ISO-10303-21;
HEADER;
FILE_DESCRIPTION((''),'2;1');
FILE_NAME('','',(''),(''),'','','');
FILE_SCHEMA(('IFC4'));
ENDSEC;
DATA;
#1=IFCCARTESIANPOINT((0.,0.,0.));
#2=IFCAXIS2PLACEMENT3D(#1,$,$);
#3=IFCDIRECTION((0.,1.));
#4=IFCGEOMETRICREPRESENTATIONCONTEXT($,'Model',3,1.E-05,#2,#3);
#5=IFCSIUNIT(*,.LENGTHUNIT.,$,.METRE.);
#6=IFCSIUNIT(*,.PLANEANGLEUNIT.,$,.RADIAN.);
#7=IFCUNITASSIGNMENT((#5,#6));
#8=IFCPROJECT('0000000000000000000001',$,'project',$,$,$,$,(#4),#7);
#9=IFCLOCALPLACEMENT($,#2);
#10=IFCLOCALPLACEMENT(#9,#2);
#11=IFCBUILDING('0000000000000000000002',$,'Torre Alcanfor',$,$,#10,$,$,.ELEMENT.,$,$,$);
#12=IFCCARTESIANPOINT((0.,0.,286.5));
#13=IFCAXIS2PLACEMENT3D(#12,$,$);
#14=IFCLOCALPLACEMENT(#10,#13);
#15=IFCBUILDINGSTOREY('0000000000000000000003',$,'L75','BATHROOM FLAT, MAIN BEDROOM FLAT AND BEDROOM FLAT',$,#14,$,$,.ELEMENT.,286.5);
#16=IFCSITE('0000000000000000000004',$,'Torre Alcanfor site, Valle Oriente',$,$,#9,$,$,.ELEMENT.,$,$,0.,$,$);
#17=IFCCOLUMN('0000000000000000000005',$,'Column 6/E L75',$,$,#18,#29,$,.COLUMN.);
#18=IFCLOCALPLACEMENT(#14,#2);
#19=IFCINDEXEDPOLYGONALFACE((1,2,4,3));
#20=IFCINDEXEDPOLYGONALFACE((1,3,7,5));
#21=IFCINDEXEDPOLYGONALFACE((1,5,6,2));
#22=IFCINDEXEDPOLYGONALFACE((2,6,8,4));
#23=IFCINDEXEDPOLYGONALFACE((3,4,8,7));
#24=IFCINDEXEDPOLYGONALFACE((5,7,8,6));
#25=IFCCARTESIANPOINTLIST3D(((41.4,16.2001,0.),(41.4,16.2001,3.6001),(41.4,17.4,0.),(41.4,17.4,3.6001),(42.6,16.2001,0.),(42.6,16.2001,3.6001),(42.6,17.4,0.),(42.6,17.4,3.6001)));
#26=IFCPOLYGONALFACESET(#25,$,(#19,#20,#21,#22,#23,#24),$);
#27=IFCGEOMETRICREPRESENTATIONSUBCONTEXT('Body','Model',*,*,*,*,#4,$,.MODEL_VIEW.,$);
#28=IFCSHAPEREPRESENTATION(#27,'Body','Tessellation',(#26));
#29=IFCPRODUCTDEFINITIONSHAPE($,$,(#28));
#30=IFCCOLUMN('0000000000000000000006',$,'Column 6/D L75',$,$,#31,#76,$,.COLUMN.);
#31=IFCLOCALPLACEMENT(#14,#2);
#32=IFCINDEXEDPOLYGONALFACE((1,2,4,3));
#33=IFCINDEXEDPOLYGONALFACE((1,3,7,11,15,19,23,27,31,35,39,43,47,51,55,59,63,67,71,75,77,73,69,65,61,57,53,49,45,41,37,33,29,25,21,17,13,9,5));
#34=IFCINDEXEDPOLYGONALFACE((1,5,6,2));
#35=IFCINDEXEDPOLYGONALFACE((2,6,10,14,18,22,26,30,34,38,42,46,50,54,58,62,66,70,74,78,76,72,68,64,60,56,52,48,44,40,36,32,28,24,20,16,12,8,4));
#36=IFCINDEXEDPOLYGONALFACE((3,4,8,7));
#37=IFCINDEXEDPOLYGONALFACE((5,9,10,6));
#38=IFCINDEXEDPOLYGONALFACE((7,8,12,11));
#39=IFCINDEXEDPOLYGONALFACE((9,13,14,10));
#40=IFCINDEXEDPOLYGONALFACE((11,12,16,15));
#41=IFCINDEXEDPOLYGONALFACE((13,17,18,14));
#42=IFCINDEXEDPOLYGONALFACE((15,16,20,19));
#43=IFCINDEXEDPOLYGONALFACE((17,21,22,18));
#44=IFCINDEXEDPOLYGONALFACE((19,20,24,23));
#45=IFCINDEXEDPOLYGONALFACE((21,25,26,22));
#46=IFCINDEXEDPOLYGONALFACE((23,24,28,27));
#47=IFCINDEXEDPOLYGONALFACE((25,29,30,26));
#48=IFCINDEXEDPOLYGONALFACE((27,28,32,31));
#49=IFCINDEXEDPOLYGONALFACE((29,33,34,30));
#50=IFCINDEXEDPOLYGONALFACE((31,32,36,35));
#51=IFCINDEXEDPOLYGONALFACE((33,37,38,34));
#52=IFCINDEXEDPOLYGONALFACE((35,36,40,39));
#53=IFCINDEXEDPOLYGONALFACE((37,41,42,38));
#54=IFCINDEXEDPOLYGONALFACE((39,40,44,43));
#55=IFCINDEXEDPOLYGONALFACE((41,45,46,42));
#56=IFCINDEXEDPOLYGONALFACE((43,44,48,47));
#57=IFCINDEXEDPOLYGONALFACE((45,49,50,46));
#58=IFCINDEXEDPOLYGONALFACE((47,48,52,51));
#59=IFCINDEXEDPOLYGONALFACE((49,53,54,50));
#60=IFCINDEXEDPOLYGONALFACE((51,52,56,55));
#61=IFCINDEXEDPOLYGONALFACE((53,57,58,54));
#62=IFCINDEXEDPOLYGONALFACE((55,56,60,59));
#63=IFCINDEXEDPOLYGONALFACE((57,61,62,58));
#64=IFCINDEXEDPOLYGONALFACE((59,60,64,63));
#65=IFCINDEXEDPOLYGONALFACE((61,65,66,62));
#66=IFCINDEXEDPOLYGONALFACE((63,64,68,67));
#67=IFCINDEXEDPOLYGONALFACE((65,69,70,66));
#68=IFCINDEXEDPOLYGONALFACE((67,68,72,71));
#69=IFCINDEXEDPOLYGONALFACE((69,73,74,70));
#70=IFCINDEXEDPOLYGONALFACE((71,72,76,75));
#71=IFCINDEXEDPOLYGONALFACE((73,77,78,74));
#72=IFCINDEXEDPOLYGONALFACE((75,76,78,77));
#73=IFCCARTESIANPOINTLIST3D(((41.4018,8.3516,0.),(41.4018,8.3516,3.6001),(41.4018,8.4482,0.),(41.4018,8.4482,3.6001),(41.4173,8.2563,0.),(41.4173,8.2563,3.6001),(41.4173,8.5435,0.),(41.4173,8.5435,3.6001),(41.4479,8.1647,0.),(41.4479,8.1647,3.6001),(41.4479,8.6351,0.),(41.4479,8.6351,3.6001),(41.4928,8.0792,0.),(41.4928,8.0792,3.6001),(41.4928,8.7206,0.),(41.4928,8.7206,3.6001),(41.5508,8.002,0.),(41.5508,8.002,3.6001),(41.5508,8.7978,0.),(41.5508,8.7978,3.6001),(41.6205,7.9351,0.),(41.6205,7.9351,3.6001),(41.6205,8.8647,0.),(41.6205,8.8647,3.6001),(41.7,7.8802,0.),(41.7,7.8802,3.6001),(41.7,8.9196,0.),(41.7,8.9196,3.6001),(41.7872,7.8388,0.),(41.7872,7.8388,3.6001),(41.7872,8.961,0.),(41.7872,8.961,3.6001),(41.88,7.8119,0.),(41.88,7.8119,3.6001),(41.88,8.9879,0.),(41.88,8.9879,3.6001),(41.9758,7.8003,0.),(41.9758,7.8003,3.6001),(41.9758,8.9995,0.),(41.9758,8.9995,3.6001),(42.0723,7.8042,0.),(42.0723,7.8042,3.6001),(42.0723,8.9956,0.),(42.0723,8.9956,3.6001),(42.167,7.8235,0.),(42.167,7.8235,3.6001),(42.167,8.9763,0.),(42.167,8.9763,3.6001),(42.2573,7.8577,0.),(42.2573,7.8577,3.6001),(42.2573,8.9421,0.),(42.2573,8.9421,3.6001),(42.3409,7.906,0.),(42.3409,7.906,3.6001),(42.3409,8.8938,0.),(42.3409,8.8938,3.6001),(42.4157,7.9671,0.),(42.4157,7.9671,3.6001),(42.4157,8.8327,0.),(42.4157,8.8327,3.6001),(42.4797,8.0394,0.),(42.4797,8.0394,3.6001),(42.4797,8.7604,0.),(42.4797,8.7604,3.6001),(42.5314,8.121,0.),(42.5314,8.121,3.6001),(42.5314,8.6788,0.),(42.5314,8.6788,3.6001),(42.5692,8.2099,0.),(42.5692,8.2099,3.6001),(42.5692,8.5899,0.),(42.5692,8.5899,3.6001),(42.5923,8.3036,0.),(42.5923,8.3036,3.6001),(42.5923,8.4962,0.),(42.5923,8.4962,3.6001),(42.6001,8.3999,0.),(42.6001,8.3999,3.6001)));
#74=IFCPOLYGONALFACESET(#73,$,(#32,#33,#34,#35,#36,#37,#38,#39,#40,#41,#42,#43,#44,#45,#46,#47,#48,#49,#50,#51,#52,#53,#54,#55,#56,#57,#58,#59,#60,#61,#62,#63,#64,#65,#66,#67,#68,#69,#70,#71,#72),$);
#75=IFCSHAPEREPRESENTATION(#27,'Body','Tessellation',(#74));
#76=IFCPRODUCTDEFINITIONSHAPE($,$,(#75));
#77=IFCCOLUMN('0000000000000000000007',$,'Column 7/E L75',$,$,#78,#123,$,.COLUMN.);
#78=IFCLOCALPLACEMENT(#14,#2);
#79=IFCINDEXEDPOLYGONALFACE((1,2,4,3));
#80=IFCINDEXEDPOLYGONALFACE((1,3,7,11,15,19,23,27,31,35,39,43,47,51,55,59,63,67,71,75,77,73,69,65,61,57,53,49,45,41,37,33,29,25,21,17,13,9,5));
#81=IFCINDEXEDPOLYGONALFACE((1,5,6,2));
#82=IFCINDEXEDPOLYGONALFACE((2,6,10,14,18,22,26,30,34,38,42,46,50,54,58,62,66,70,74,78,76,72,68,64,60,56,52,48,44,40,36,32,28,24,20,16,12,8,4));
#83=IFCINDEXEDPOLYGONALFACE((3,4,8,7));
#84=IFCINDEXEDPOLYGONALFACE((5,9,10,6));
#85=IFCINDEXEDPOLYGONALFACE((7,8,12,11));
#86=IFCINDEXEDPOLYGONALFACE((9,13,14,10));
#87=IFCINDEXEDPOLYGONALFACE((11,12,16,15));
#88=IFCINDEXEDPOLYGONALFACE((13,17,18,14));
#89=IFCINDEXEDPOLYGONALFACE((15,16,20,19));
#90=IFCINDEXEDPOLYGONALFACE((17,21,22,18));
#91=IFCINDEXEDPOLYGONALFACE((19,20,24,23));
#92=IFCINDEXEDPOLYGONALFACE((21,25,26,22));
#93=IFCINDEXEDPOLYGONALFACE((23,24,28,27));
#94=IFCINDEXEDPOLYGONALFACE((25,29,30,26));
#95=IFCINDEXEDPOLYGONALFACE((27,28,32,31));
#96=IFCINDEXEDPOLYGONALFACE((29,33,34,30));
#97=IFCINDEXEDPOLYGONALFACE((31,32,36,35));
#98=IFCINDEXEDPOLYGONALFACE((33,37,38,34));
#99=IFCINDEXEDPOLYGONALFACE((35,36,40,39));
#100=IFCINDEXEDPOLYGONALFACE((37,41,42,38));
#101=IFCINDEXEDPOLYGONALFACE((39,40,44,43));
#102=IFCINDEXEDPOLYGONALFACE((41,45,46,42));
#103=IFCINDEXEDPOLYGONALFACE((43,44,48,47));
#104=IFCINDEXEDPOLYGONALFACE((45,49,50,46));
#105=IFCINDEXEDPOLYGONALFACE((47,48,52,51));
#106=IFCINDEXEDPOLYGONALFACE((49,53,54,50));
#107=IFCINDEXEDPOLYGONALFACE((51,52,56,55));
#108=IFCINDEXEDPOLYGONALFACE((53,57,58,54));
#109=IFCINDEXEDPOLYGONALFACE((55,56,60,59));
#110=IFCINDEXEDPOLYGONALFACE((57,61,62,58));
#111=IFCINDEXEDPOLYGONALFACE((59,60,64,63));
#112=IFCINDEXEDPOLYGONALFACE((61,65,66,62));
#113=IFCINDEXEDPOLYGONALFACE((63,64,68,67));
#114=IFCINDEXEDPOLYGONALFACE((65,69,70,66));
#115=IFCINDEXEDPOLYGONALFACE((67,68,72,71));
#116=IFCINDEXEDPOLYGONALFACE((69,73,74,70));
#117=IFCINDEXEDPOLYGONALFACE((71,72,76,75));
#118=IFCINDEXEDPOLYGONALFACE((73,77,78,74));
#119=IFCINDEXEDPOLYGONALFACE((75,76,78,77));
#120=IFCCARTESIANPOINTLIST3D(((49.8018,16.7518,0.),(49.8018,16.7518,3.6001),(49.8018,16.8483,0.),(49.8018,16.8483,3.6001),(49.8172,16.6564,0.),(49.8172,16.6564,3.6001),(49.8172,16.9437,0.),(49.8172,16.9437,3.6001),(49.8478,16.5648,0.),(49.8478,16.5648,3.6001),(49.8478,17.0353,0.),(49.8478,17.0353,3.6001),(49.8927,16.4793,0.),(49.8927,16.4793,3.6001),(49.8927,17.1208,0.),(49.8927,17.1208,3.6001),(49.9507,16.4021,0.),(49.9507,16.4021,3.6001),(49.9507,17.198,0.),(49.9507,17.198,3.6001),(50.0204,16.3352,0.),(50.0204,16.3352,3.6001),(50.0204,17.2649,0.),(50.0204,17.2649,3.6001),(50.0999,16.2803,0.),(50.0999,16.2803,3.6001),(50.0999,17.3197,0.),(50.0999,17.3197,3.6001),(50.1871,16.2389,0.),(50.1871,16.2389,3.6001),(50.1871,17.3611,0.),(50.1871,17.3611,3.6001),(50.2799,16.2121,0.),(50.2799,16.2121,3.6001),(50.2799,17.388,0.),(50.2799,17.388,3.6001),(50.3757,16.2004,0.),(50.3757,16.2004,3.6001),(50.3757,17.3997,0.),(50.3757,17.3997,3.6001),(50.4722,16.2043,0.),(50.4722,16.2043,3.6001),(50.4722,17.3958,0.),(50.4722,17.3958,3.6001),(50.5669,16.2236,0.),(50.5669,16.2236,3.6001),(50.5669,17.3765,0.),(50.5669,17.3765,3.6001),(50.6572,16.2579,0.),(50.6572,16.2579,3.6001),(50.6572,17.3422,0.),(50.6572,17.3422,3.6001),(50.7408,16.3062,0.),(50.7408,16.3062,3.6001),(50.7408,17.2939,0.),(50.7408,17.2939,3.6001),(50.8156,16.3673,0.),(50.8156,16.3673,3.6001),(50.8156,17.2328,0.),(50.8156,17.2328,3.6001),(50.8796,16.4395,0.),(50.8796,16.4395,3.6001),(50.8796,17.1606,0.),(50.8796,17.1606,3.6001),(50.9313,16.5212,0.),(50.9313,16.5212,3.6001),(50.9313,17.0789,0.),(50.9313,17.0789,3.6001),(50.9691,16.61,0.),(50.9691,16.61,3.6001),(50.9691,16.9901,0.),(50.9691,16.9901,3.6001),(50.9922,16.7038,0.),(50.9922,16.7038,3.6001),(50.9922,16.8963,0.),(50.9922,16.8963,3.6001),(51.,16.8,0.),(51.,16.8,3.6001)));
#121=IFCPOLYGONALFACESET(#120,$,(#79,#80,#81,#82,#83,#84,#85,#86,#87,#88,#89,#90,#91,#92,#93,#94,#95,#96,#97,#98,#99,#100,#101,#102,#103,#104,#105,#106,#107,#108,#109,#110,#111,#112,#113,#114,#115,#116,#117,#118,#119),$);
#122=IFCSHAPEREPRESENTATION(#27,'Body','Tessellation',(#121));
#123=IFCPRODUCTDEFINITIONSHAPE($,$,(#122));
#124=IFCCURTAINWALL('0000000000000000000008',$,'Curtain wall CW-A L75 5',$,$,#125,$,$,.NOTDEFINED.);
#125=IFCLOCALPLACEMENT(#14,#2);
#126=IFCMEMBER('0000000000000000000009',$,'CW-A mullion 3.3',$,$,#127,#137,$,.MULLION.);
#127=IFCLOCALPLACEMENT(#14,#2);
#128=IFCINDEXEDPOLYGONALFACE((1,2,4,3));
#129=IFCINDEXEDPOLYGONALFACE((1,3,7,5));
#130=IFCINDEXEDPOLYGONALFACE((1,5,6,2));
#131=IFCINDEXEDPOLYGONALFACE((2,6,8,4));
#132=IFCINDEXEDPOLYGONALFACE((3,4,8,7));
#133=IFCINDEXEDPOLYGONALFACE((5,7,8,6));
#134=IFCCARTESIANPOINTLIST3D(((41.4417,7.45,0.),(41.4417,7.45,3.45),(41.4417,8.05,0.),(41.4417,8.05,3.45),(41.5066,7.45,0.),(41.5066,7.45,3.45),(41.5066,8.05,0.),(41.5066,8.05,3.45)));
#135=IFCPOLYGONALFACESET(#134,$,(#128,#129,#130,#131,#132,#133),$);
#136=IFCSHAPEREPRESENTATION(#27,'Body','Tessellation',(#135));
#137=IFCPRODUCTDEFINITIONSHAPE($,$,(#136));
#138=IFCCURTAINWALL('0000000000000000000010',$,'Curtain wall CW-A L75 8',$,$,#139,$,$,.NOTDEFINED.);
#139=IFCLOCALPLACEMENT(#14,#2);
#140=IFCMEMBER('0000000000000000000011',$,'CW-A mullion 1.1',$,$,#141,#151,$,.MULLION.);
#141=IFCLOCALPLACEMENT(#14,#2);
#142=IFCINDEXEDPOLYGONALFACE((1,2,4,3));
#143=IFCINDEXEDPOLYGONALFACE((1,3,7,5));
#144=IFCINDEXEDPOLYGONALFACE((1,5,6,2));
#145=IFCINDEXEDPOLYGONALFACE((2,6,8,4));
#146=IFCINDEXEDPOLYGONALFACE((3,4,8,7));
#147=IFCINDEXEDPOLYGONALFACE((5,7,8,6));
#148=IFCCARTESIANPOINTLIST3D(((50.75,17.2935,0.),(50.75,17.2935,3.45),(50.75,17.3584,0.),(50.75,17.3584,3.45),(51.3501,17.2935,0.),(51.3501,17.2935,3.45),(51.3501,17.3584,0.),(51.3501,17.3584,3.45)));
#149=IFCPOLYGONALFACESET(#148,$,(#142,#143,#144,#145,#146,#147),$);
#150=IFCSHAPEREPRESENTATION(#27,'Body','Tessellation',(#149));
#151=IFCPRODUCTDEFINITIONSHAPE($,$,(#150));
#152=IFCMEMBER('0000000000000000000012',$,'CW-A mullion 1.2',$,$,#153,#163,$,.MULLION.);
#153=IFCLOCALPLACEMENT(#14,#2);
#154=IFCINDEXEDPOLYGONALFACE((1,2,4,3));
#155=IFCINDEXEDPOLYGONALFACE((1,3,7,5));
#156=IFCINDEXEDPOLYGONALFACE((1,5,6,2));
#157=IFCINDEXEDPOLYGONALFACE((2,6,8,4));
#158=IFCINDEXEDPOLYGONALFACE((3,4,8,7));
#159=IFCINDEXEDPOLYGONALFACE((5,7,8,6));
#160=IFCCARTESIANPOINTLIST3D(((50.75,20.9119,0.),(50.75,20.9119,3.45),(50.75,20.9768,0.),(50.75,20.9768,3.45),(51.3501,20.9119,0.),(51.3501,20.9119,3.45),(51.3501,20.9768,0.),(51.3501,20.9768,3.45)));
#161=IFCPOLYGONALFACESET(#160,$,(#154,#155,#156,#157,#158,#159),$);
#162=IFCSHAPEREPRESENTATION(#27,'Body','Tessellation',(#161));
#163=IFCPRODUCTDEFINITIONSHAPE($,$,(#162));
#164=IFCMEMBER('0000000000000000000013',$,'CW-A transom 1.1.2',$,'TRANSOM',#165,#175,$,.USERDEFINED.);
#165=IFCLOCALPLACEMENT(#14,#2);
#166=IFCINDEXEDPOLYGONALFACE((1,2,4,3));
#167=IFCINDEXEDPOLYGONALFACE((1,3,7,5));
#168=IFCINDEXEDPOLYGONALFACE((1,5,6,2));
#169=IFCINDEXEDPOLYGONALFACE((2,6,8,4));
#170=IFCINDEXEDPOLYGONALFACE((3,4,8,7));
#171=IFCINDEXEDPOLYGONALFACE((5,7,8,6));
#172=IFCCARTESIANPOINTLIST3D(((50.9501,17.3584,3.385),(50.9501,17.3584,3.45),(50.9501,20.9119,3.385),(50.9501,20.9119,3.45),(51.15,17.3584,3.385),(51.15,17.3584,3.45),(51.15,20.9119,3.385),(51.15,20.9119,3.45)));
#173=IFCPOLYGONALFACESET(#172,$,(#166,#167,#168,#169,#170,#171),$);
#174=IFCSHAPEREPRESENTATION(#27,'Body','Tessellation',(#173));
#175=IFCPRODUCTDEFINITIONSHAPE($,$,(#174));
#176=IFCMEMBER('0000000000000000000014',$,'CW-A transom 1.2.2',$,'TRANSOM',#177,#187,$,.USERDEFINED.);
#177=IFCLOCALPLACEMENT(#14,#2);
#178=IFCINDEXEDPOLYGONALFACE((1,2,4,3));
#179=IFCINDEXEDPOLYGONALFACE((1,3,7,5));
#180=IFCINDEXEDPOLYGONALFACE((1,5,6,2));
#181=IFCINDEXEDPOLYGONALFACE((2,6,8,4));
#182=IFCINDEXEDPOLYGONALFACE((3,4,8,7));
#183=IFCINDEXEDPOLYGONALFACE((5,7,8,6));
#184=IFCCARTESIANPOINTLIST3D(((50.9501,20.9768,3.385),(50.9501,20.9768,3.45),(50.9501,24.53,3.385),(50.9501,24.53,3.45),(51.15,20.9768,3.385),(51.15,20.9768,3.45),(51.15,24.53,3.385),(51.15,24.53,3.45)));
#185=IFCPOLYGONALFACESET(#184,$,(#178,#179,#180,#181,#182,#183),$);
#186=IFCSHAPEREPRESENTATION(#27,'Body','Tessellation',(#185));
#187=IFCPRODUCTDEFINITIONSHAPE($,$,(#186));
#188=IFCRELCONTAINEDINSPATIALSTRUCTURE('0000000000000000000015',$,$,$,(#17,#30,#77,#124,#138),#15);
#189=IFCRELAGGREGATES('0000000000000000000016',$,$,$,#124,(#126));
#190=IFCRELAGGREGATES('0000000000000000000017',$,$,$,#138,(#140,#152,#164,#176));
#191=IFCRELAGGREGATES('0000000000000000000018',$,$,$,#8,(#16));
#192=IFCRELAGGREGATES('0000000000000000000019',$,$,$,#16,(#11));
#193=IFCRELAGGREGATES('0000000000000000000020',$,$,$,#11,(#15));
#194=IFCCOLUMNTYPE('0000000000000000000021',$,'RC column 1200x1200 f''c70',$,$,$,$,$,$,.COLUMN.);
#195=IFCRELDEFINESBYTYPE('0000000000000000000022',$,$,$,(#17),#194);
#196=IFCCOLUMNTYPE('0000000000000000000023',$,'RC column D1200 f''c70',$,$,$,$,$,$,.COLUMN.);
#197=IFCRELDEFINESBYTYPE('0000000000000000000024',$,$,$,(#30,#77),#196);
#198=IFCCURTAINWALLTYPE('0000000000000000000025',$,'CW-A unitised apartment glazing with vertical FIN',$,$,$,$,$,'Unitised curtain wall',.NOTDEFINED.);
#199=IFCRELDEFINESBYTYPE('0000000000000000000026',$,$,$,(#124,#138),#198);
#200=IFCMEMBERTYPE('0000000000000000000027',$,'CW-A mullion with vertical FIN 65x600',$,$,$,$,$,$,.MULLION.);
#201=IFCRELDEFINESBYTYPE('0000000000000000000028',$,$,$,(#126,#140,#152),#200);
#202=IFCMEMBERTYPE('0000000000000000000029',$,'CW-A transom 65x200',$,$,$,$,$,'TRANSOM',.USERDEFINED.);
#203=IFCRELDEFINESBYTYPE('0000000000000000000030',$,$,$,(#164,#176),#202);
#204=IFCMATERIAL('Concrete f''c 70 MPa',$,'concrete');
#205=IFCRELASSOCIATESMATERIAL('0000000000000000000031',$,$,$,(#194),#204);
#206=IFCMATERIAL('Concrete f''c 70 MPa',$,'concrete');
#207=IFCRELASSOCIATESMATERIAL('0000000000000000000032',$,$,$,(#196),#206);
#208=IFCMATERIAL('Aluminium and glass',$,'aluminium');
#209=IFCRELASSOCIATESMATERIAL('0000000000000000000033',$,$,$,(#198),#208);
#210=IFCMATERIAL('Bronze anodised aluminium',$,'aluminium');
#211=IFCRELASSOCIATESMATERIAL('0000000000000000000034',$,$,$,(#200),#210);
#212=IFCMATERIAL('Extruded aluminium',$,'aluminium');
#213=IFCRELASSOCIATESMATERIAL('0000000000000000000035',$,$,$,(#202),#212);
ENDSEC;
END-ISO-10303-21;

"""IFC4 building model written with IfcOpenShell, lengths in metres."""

from ifc_helpers import new_model, si_unit, direction, frame, origin, origin_2d, place, context, subcontext, project, spatial, rectangle, circle, extrude, material, material_profile, profile_set, type_object, element, aggregate, save


model = new_model("IFC4")

# Units and contexts
model_context = context("Model", 3, precision=1e-05, world=origin(), true_north=direction((0.0, 1.0)))
body_context = subcontext(model_context, "Body", "Model", "MODEL_VIEW")
ifc_project = project(units=[si_unit("LENGTHUNIT", "METRE"), si_unit("PLANEANGLEUNIT", "RADIAN")], contexts=[model_context])

# Site, building, storey
site_placement = place(None, origin())
site = spatial("IfcSite", under=ifc_project, at=site_placement, Name="Torre Alcanfor site, Valle Oriente", CompositionType="ELEMENT", RefElevation=0.0)
building_placement = place(site_placement, origin())
building = spatial("IfcBuilding", under=site, at=building_placement, Name="Torre Alcanfor", CompositionType="ELEMENT")
storey_placement = place(building_placement, frame((0.0, 0.0, 286.5)))
storey = spatial("IfcBuildingStorey", under=building, at=storey_placement, Name="L75", Description="BATHROOM FLAT, MAIN BEDROOM FLAT AND BEDROOM FLAT", CompositionType="ELEMENT", Elevation=286.5)

# Columns
ifc_material_1 = material(Name="Concrete f'c 70 MPa", Category="concrete")
ifc_material_profile_1 = material_profile(ifc_material_1, rectangle(XDim=1.2, YDim=1.2, at=origin_2d()), Name="1200x1200")
ifc_profile_set_1 = profile_set([ifc_material_profile_1], Name="Concrete f'c 70 MPa")
column_type_1 = type_object("IfcColumnType", Name="RC column 1200x1200 f'c70", PredefinedType="COLUMN", material=ifc_profile_set_1)
column_placement = place(storey_placement, frame((42.0, 16.8, 0.0), z_axis=(0.0, 0.0, 1.0), x_axis=(1.0, 0.0, 0.0)))
element("IfcColumn", 1, at=column_placement, inside=storey, type_object=column_type_1, Name="Column 6/E L75", PredefinedType="COLUMN", context=body_context, shape_type="SweptSolid", body=[
    extrude(rectangle(XDim=1.2, YDim=1.2, at=origin_2d()), origin(), (0.0, 0.0, 1.0), 3.6001),
])
ifc_material_2 = material(Name="Concrete f'c 70 MPa", Category="concrete")
ifc_material_profile_2 = material_profile(ifc_material_2, circle(Radius=0.6001, at=origin_2d()), Name="D1200")
ifc_profile_set_2 = profile_set([ifc_material_profile_2], Name="Concrete f'c 70 MPa")
column_type_2 = type_object("IfcColumnType", Name="RC column D1200 f'c70", PredefinedType="COLUMN", material=ifc_profile_set_2)
for number, where, z_axis, x_axis, name in (
    (2, (42.0, 8.3999, 0.0), (0.0, 0.0, 1.0), (1.0, 0.0, 0.0), "Column 6/D L75"),
    (3, (50.3999, 16.8, 0.0), (0.0, 0.0, 1.0), (1.0, 0.0, 0.0), "Column 7/E L75"),
):
    element("IfcColumn", number, at=place(storey_placement, frame(where, z_axis=z_axis, x_axis=x_axis)), inside=storey, type_object=column_type_2, Name=name, PredefinedType="COLUMN", context=body_context, shape_type="SweptSolid", body=[
        extrude(circle(Radius=0.6001, at=origin_2d()), origin(), (0.0, 0.0, 1.0), 3.6001),
    ])

# Curtain wall, member
ifc_material_3 = material(Name="Aluminium and glass", Category="aluminium")
curtain_wall_type = type_object("IfcCurtainWallType", Name="CW-A unitised apartment glazing with vertical FIN", ElementType="Unitised curtain wall", PredefinedType="NOTDEFINED", material=ifc_material_3)
curtain_wall_1_placement = place(storey_placement, origin())
curtain_wall_1 = element("IfcCurtainWall", 4, at=curtain_wall_1_placement, inside=storey, type_object=curtain_wall_type, Name="Curtain wall CW-A L75 5", PredefinedType="NOTDEFINED")
ifc_material_4 = material(Name="Bronze anodised aluminium", Category="aluminium")
ifc_material_profile_3 = material_profile(ifc_material_4, rectangle(XDim=0.6001, YDim=0.0649, at=origin_2d()), Name="CW-A mullion 65x600")
ifc_profile_set_3 = profile_set([ifc_material_profile_3], Name="Bronze anodised aluminium")
member_type_1 = type_object("IfcMemberType", Name="CW-A mullion with vertical FIN 65x600", PredefinedType="MULLION", material=ifc_profile_set_3)
member_1_placement = place(storey_placement, frame((41.4741, 7.75, 0.0), z_axis=(0.0, 0.0, 1.0), x_axis=(0.0, 1.0, 0.0)))
member_1 = element("IfcMember", 5, at=member_1_placement, type_object=member_type_1, Name="CW-A mullion 3.3", PredefinedType="MULLION", context=body_context, shape_type="SweptSolid", body=[
    extrude(rectangle(XDim=0.6001, YDim=0.0649, at=origin_2d()), origin(), (0.0, 0.0, 1.0), 3.45),
])
aggregate(curtain_wall_1, [member_1])

# Curtain wall, members
curtain_wall_2_placement = place(storey_placement, origin())
curtain_wall_2 = element("IfcCurtainWall", 6, at=curtain_wall_2_placement, inside=storey, type_object=curtain_wall_type, Name="Curtain wall CW-A L75 8", PredefinedType="NOTDEFINED")
member_2_placement = place(storey_placement, frame((51.05, 17.3259, 0.0), z_axis=(0.0, 0.0, 1.0), x_axis=(-1.0, 0.0, 0.0)))
member_2 = element("IfcMember", 7, at=member_2_placement, type_object=member_type_1, Name="CW-A mullion 1.1", PredefinedType="MULLION", context=body_context, shape_type="SweptSolid", body=[
    extrude(rectangle(XDim=0.6001, YDim=0.0649, at=origin_2d()), origin(), (0.0, 0.0, 1.0), 3.45),
])
member_3_placement = place(storey_placement, frame((51.05, 20.9443, 0.0), z_axis=(0.0, 0.0, 1.0), x_axis=(-1.0, 0.0, 0.0)))
member_3 = element("IfcMember", 8, at=member_3_placement, type_object=member_type_1, Name="CW-A mullion 1.2", PredefinedType="MULLION", context=body_context, shape_type="SweptSolid", body=[
    extrude(rectangle(XDim=0.6001, YDim=0.0649, at=origin_2d()), origin(), (0.0, 0.0, 1.0), 3.45),
])
ifc_material_5 = material(Name="Extruded aluminium", Category="aluminium")
ifc_material_profile_4 = material_profile(ifc_material_5, rectangle(XDim=0.2, YDim=0.0649, at=origin_2d()), Name="CW-A transom 200x65")
ifc_profile_set_4 = profile_set([ifc_material_profile_4], Name="Extruded aluminium")
member_type_2 = type_object("IfcMemberType", Name="CW-A transom 65x200", ElementType="TRANSOM", PredefinedType="USERDEFINED", material=ifc_profile_set_4)
member_4_placement = place(storey_placement, frame((51.05, 17.3584, 3.4175), z_axis=(0.0, 1.0, 0.0), x_axis=(-1.0, 0.0, 0.0)))
member_4 = element("IfcMember", 9, at=member_4_placement, type_object=member_type_2, Name="CW-A transom 1.1.2", ObjectType="TRANSOM", PredefinedType="USERDEFINED", context=body_context, shape_type="SweptSolid", body=[
    extrude(rectangle(XDim=0.2, YDim=0.0649, at=origin_2d()), origin(), (0.0, 0.0, 1.0), 3.5535),
])
member_5_placement = place(storey_placement, frame((51.05, 20.9768, 3.4175), z_axis=(0.0, 1.0, 0.0), x_axis=(-1.0, 0.0, 0.0)))
member_5 = element("IfcMember", 10, at=member_5_placement, type_object=member_type_2, Name="CW-A transom 1.2.2", ObjectType="TRANSOM", PredefinedType="USERDEFINED", context=body_context, shape_type="SweptSolid", body=[
    extrude(rectangle(XDim=0.2, YDim=0.0649, at=origin_2d()), origin(), (0.0, 0.0, 1.0), 3.5532),
])

aggregate(curtain_wall_2, [member_2, member_3, member_4, member_5])

save(model, "model.ifc")
